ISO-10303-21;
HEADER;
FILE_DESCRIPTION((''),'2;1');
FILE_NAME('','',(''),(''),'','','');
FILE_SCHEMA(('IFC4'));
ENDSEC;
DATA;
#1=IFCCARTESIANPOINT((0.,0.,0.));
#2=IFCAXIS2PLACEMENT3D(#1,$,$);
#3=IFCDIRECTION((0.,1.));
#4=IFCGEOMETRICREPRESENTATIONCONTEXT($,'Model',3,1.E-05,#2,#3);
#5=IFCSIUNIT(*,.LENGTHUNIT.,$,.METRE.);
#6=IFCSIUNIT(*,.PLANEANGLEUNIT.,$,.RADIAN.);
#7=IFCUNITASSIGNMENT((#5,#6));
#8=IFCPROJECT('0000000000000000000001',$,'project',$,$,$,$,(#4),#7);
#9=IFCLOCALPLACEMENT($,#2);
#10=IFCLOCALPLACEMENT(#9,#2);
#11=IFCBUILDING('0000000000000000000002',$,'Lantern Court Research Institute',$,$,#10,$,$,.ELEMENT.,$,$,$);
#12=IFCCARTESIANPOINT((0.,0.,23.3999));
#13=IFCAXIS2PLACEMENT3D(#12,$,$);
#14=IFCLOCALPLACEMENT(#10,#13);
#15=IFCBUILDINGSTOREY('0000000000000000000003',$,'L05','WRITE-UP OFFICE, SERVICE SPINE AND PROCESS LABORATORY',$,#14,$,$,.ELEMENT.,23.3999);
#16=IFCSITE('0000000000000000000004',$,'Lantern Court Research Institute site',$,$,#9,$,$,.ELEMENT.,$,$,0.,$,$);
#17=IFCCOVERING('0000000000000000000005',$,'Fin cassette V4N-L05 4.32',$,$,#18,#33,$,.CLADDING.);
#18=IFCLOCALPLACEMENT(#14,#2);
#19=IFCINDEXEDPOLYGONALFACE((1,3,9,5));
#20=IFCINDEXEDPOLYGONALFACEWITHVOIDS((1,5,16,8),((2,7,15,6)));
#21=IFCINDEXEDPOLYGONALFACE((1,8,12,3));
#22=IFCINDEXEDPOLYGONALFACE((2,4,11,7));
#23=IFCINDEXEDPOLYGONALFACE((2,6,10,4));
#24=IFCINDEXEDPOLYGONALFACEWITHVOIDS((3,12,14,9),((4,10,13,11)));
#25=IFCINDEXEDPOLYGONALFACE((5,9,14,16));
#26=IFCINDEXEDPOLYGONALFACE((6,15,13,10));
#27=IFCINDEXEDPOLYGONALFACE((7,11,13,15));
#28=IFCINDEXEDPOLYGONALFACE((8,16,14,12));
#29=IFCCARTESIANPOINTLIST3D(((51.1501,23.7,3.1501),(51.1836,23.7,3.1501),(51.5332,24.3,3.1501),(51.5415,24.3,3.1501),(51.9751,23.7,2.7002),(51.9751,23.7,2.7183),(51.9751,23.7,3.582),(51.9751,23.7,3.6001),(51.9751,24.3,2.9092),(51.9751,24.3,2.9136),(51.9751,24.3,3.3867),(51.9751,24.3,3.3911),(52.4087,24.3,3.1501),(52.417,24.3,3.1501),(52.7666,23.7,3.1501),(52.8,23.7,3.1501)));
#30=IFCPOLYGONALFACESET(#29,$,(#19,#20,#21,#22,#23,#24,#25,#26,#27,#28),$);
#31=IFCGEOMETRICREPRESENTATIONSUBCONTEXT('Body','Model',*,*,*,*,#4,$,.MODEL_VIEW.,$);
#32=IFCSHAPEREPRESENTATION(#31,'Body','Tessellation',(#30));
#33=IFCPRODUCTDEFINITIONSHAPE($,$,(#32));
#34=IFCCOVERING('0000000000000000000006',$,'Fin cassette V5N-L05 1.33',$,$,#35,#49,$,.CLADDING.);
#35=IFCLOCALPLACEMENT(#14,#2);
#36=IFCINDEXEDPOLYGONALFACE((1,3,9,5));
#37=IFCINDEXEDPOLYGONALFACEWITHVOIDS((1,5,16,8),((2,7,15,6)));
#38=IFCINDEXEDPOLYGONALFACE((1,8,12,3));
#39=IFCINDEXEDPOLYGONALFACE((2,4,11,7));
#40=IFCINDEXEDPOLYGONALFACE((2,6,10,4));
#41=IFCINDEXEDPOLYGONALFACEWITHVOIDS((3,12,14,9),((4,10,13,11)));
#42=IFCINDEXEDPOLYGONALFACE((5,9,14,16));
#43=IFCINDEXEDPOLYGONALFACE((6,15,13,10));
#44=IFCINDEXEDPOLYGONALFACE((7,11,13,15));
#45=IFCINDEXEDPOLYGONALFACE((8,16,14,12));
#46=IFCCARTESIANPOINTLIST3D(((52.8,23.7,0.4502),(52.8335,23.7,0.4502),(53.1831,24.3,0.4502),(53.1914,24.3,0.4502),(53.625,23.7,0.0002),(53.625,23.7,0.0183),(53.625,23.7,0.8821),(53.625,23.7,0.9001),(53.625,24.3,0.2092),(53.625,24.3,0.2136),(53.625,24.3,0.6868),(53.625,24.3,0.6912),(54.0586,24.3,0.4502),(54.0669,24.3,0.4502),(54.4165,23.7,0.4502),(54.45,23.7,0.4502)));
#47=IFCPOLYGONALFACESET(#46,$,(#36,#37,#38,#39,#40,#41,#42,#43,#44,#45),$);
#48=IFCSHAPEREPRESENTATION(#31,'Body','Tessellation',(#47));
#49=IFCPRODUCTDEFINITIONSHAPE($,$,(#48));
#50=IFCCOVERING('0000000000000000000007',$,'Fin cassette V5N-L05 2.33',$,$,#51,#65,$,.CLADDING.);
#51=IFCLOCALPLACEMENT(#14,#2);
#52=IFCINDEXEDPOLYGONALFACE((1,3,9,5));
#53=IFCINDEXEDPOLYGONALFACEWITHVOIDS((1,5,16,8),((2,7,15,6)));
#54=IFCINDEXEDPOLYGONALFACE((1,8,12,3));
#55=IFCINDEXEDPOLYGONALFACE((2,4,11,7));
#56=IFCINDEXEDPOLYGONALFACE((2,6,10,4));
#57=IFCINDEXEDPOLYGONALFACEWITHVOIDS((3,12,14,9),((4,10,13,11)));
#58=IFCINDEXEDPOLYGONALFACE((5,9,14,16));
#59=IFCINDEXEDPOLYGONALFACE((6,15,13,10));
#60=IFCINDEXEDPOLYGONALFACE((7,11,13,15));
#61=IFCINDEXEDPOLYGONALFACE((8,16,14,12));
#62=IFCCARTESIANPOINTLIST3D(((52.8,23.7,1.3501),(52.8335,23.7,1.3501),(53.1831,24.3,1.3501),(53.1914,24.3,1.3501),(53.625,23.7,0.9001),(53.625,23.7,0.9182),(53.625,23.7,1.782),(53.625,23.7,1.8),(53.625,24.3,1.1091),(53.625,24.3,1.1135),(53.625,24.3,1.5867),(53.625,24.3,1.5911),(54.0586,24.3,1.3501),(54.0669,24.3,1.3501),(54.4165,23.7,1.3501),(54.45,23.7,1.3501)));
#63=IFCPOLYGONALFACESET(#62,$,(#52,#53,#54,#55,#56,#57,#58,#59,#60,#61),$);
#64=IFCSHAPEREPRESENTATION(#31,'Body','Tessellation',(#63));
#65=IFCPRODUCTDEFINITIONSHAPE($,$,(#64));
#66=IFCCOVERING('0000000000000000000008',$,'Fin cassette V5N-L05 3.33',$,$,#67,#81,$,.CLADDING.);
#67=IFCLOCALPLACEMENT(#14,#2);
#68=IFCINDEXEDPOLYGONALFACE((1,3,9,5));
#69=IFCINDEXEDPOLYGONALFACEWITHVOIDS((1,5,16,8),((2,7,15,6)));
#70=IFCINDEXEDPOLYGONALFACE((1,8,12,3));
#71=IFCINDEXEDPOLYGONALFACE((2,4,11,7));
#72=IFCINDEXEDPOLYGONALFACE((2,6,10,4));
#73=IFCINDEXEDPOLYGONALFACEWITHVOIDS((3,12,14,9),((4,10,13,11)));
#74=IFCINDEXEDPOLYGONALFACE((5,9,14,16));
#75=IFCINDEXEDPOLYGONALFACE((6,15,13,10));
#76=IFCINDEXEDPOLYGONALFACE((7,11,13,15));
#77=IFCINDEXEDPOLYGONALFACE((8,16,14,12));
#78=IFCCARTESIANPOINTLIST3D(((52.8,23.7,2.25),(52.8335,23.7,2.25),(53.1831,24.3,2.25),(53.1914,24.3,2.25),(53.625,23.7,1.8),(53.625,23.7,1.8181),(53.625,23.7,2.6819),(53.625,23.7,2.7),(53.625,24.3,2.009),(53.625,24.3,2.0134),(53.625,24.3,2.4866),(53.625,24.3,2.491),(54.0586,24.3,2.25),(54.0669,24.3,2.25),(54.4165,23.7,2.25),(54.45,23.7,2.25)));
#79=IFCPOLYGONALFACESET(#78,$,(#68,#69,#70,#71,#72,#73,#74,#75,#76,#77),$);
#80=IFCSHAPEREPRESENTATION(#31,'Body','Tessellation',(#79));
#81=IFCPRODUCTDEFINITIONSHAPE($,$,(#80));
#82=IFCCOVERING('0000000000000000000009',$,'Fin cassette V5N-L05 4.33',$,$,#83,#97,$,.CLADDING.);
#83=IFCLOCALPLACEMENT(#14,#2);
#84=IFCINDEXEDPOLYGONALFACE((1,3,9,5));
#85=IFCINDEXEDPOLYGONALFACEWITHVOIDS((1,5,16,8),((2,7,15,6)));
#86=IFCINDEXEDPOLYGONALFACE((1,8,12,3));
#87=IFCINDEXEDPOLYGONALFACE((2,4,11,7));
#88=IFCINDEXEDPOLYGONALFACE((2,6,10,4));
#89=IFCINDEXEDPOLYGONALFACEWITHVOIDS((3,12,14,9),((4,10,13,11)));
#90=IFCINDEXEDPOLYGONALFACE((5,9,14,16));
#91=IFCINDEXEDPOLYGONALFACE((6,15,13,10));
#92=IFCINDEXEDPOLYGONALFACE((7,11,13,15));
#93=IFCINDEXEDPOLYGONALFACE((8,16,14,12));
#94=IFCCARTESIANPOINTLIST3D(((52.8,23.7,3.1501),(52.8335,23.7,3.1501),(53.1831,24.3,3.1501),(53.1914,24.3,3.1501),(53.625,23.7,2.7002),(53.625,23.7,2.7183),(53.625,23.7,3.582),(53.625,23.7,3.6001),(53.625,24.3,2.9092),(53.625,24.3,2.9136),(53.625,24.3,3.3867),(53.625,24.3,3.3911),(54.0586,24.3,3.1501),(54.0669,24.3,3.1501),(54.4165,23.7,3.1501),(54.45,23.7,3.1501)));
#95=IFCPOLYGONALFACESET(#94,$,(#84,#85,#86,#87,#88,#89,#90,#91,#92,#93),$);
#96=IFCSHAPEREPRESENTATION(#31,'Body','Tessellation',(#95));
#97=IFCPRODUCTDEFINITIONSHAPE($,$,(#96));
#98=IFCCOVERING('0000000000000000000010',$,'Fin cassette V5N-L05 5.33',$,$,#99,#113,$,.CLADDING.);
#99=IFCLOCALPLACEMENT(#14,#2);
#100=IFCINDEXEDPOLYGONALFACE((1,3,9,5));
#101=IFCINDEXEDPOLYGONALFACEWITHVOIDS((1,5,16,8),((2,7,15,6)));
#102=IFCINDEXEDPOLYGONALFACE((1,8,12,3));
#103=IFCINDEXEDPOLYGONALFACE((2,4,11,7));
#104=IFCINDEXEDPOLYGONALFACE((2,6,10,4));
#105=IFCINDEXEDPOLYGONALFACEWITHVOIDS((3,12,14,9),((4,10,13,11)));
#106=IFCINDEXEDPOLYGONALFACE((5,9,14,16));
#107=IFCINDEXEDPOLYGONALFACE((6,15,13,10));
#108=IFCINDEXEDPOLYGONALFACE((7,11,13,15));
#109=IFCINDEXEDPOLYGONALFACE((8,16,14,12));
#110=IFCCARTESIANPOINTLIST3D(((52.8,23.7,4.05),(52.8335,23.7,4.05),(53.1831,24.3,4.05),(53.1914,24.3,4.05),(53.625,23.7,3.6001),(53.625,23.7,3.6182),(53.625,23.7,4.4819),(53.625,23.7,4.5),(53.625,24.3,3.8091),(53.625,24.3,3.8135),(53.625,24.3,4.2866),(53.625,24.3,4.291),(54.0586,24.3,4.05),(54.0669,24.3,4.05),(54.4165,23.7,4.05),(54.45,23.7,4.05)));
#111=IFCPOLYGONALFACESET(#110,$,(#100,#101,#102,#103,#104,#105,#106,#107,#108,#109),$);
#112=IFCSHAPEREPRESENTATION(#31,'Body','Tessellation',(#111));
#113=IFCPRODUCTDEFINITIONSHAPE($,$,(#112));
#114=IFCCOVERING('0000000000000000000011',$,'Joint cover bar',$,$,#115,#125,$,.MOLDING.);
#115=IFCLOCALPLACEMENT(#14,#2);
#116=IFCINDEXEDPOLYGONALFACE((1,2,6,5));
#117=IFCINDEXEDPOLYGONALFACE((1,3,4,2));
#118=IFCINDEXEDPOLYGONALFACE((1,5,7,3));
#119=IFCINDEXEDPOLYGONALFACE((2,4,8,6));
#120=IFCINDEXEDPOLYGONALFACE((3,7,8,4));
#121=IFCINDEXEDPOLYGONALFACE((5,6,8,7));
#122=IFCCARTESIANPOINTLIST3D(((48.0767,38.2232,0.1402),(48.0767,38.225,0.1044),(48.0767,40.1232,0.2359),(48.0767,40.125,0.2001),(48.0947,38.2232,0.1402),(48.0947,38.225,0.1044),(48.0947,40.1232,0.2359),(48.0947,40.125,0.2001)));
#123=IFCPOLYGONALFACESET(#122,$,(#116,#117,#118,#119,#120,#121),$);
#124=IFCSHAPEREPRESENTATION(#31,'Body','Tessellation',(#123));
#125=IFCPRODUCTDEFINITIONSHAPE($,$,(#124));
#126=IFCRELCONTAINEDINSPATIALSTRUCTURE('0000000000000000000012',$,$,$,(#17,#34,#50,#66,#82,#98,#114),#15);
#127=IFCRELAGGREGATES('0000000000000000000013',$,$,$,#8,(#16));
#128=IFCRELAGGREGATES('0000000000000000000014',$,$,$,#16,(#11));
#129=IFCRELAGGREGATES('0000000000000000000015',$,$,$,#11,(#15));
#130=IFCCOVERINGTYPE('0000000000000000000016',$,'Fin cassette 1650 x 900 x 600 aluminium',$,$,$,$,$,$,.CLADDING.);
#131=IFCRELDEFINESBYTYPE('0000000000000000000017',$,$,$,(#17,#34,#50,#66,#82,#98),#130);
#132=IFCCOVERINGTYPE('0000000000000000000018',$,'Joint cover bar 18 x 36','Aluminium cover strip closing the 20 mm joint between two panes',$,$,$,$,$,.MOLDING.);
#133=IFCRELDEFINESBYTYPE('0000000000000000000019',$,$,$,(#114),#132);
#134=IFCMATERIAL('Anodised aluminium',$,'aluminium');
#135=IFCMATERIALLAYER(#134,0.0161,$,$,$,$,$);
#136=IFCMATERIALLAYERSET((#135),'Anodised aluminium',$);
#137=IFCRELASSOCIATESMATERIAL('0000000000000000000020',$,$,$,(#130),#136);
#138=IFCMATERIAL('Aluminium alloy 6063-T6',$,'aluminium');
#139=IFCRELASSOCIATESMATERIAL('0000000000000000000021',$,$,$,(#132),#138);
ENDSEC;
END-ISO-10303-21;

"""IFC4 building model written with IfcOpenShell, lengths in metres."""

from ifc_helpers import new_model, entity, si_unit, direction, frame, origin, origin_2d, place, context, subcontext, project, spatial, rectangle, extrude, material, layer, layer_set, material_profile, profile_set, type_object, element, save


model = new_model("IFC4")

# Units and contexts
model_context = context("Model", 3, precision=1e-05, world=origin(), true_north=direction((0.0, 1.0)))
body_context = subcontext(model_context, "Body", "Model", "MODEL_VIEW")
ifc_project = project(units=[si_unit("LENGTHUNIT", "METRE"), si_unit("PLANEANGLEUNIT", "RADIAN")], contexts=[model_context])

# Site, building, storey
site_placement = place(None, origin())
site = spatial("IfcSite", under=ifc_project, at=site_placement, Name="Lantern Court Research Institute site", CompositionType="ELEMENT", RefElevation=0.0)
building_placement = place(site_placement, origin())
building = spatial("IfcBuilding", under=site, at=building_placement, Name="Lantern Court Research Institute", CompositionType="ELEMENT")
storey_placement = place(building_placement, frame((0.0, 0.0, 23.3999)))
storey = spatial("IfcBuildingStorey", under=building, at=storey_placement, Name="L05", Description="WRITE-UP OFFICE, SERVICE SPINE AND PROCESS LABORATORY", CompositionType="ELEMENT", Elevation=23.3999)

# Coverings
ifc_material_1 = material(Name="Anodised aluminium", Category="aluminium")
ifc_layer = layer(ifc_material_1, 0.0161)
ifc_layer_set = layer_set([ifc_layer], Name="Anodised aluminium")
covering_type_1 = type_object("IfcCoveringType", Name="Fin cassette 1650 x 900 x 600 aluminium", PredefinedType="CLADDING", material=ifc_layer_set)
covering_1_placement = place(storey_placement, frame((51.9751, 23.7, 3.1501), z_axis=(0.0, 1.0, 0.0), x_axis=(-1.0, 0.0, 0.0)))
cartesian_point_1 = entity("IfcCartesianPoint", [0.825, 0.0])
cartesian_point_2 = entity("IfcCartesianPoint", [0.7915, 0.0])
cartesian_point_3 = entity("IfcCartesianPoint", [0.4419, 0.0])
cartesian_point_4 = entity("IfcCartesianPoint", [0.4336, 0.0])
element("IfcCovering", 1, at=covering_1_placement, inside=storey, type_object=covering_type_1, Name="Fin cassette V4N-L05 4.32", PredefinedType="CLADDING", context=body_context, shape_type="SweptSolid", body=[
    entity("IfcExtrudedAreaSolidTapered", entity("IfcArbitraryProfileDefWithVoids", "AREA", None, entity("IfcPolyline", [cartesian_point_1, entity("IfcCartesianPoint", [0.0, 0.45]), entity("IfcCartesianPoint", [-0.825, 0.0]), entity("IfcCartesianPoint", [0.0, -0.45]), cartesian_point_1]), [entity("IfcPolyline", [cartesian_point_2, entity("IfcCartesianPoint", [0.0, 0.4319]), entity("IfcCartesianPoint", [-0.7915, 0.0]), entity("IfcCartesianPoint", [0.0, -0.4319]), cartesian_point_2])]), entity("IfcAxis2Placement3D", entity("IfcCartesianPoint", [0.0, 0.0, 0.0])), entity("IfcDirection", [0.0, 0.0, 1.0]), 0.6001, entity("IfcArbitraryProfileDefWithVoids", "AREA", None, entity("IfcPolyline", [cartesian_point_3, entity("IfcCartesianPoint", [0.0, 0.241]), entity("IfcCartesianPoint", [-0.4419, 0.0]), entity("IfcCartesianPoint", [0.0, -0.241]), cartesian_point_3]), [entity("IfcPolyline", [cartesian_point_4, entity("IfcCartesianPoint", [0.0, 0.2366]), entity("IfcCartesianPoint", [-0.4336, 0.0]), entity("IfcCartesianPoint", [0.0, -0.2366]), cartesian_point_4])])),
])
covering_2_placement = place(storey_placement, frame((53.625, 23.7, 0.4502), z_axis=(0.0, 1.0, 0.0), x_axis=(-1.0, 0.0, 0.0)))
cartesian_point_5 = entity("IfcCartesianPoint", [0.825, 0.0])
cartesian_point_6 = entity("IfcCartesianPoint", [0.7915, 0.0])
cartesian_point_7 = entity("IfcCartesianPoint", [0.4419, 0.0])
cartesian_point_8 = entity("IfcCartesianPoint", [0.4336, 0.0])
element("IfcCovering", 2, at=covering_2_placement, inside=storey, type_object=covering_type_1, Name="Fin cassette V5N-L05 1.33", PredefinedType="CLADDING", context=body_context, shape_type="SweptSolid", body=[
    entity("IfcExtrudedAreaSolidTapered", entity("IfcArbitraryProfileDefWithVoids", "AREA", None, entity("IfcPolyline", [cartesian_point_5, entity("IfcCartesianPoint", [0.0, 0.45]), entity("IfcCartesianPoint", [-0.825, 0.0]), entity("IfcCartesianPoint", [0.0, -0.45]), cartesian_point_5]), [entity("IfcPolyline", [cartesian_point_6, entity("IfcCartesianPoint", [0.0, 0.4319]), entity("IfcCartesianPoint", [-0.7915, 0.0]), entity("IfcCartesianPoint", [0.0, -0.4319]), cartesian_point_6])]), entity("IfcAxis2Placement3D", entity("IfcCartesianPoint", [0.0, 0.0, 0.0])), entity("IfcDirection", [0.0, 0.0, 1.0]), 0.6001, entity("IfcArbitraryProfileDefWithVoids", "AREA", None, entity("IfcPolyline", [cartesian_point_7, entity("IfcCartesianPoint", [0.0, 0.241]), entity("IfcCartesianPoint", [-0.4419, 0.0]), entity("IfcCartesianPoint", [0.0, -0.241]), cartesian_point_7]), [entity("IfcPolyline", [cartesian_point_8, entity("IfcCartesianPoint", [0.0, 0.2366]), entity("IfcCartesianPoint", [-0.4336, 0.0]), entity("IfcCartesianPoint", [0.0, -0.2366]), cartesian_point_8])])),
])
covering_3_placement = place(storey_placement, frame((53.625, 23.7, 1.3501), z_axis=(0.0, 1.0, 0.0), x_axis=(-1.0, 0.0, 0.0)))
cartesian_point_9 = entity("IfcCartesianPoint", [0.825, 0.0])
cartesian_point_10 = entity("IfcCartesianPoint", [0.7915, 0.0])
cartesian_point_11 = entity("IfcCartesianPoint", [0.4419, 0.0])
cartesian_point_12 = entity("IfcCartesianPoint", [0.4336, 0.0])
element("IfcCovering", 3, at=covering_3_placement, inside=storey, type_object=covering_type_1, Name="Fin cassette V5N-L05 2.33", PredefinedType="CLADDING", context=body_context, shape_type="SweptSolid", body=[
    entity("IfcExtrudedAreaSolidTapered", entity("IfcArbitraryProfileDefWithVoids", "AREA", None, entity("IfcPolyline", [cartesian_point_9, entity("IfcCartesianPoint", [0.0, 0.45]), entity("IfcCartesianPoint", [-0.825, 0.0]), entity("IfcCartesianPoint", [0.0, -0.45]), cartesian_point_9]), [entity("IfcPolyline", [cartesian_point_10, entity("IfcCartesianPoint", [0.0, 0.4319]), entity("IfcCartesianPoint", [-0.7915, 0.0]), entity("IfcCartesianPoint", [0.0, -0.4319]), cartesian_point_10])]), entity("IfcAxis2Placement3D", entity("IfcCartesianPoint", [0.0, 0.0, 0.0])), entity("IfcDirection", [0.0, 0.0, 1.0]), 0.6001, entity("IfcArbitraryProfileDefWithVoids", "AREA", None, entity("IfcPolyline", [cartesian_point_11, entity("IfcCartesianPoint", [0.0, 0.241]), entity("IfcCartesianPoint", [-0.4419, 0.0]), entity("IfcCartesianPoint", [0.0, -0.241]), cartesian_point_11]), [entity("IfcPolyline", [cartesian_point_12, entity("IfcCartesianPoint", [0.0, 0.2366]), entity("IfcCartesianPoint", [-0.4336, 0.0]), entity("IfcCartesianPoint", [0.0, -0.2366]), cartesian_point_12])])),
])
covering_4_placement = place(storey_placement, frame((53.625, 23.7, 2.25), z_axis=(0.0, 1.0, 0.0), x_axis=(-1.0, 0.0, 0.0)))
cartesian_point_13 = entity("IfcCartesianPoint", [0.825, 0.0])
cartesian_point_14 = entity("IfcCartesianPoint", [0.7915, 0.0])
cartesian_point_15 = entity("IfcCartesianPoint", [0.4419, 0.0])
cartesian_point_16 = entity("IfcCartesianPoint", [0.4336, 0.0])
element("IfcCovering", 4, at=covering_4_placement, inside=storey, type_object=covering_type_1, Name="Fin cassette V5N-L05 3.33", PredefinedType="CLADDING", context=body_context, shape_type="SweptSolid", body=[
    entity("IfcExtrudedAreaSolidTapered", entity("IfcArbitraryProfileDefWithVoids", "AREA", None, entity("IfcPolyline", [cartesian_point_13, entity("IfcCartesianPoint", [0.0, 0.45]), entity("IfcCartesianPoint", [-0.825, 0.0]), entity("IfcCartesianPoint", [0.0, -0.45]), cartesian_point_13]), [entity("IfcPolyline", [cartesian_point_14, entity("IfcCartesianPoint", [0.0, 0.4319]), entity("IfcCartesianPoint", [-0.7915, 0.0]), entity("IfcCartesianPoint", [0.0, -0.4319]), cartesian_point_14])]), entity("IfcAxis2Placement3D", entity("IfcCartesianPoint", [0.0, 0.0, 0.0])), entity("IfcDirection", [0.0, 0.0, 1.0]), 0.6001, entity("IfcArbitraryProfileDefWithVoids", "AREA", None, entity("IfcPolyline", [cartesian_point_15, entity("IfcCartesianPoint", [0.0, 0.241]), entity("IfcCartesianPoint", [-0.4419, 0.0]), entity("IfcCartesianPoint", [0.0, -0.241]), cartesian_point_15]), [entity("IfcPolyline", [cartesian_point_16, entity("IfcCartesianPoint", [0.0, 0.2366]), entity("IfcCartesianPoint", [-0.4336, 0.0]), entity("IfcCartesianPoint", [0.0, -0.2366]), cartesian_point_16])])),
])
covering_5_placement = place(storey_placement, frame((53.625, 23.7, 3.1501), z_axis=(0.0, 1.0, 0.0), x_axis=(-1.0, 0.0, 0.0)))
cartesian_point_17 = entity("IfcCartesianPoint", [0.825, 0.0])
cartesian_point_18 = entity("IfcCartesianPoint", [0.7915, 0.0])
cartesian_point_19 = entity("IfcCartesianPoint", [0.4419, 0.0])
cartesian_point_20 = entity("IfcCartesianPoint", [0.4336, 0.0])
element("IfcCovering", 5, at=covering_5_placement, inside=storey, type_object=covering_type_1, Name="Fin cassette V5N-L05 4.33", PredefinedType="CLADDING", context=body_context, shape_type="SweptSolid", body=[
    entity("IfcExtrudedAreaSolidTapered", entity("IfcArbitraryProfileDefWithVoids", "AREA", None, entity("IfcPolyline", [cartesian_point_17, entity("IfcCartesianPoint", [0.0, 0.45]), entity("IfcCartesianPoint", [-0.825, 0.0]), entity("IfcCartesianPoint", [0.0, -0.45]), cartesian_point_17]), [entity("IfcPolyline", [cartesian_point_18, entity("IfcCartesianPoint", [0.0, 0.4319]), entity("IfcCartesianPoint", [-0.7915, 0.0]), entity("IfcCartesianPoint", [0.0, -0.4319]), cartesian_point_18])]), entity("IfcAxis2Placement3D", entity("IfcCartesianPoint", [0.0, 0.0, 0.0])), entity("IfcDirection", [0.0, 0.0, 1.0]), 0.6001, entity("IfcArbitraryProfileDefWithVoids", "AREA", None, entity("IfcPolyline", [cartesian_point_19, entity("IfcCartesianPoint", [0.0, 0.241]), entity("IfcCartesianPoint", [-0.4419, 0.0]), entity("IfcCartesianPoint", [0.0, -0.241]), cartesian_point_19]), [entity("IfcPolyline", [cartesian_point_20, entity("IfcCartesianPoint", [0.0, 0.2366]), entity("IfcCartesianPoint", [-0.4336, 0.0]), entity("IfcCartesianPoint", [0.0, -0.2366]), cartesian_point_20])])),
])
covering_6_placement = place(storey_placement, frame((53.625, 23.7, 4.05), z_axis=(0.0, 1.0, 0.0), x_axis=(-1.0, 0.0, 0.0)))
cartesian_point_21 = entity("IfcCartesianPoint", [0.825, 0.0])
cartesian_point_22 = entity("IfcCartesianPoint", [0.7915, 0.0])
cartesian_point_23 = entity("IfcCartesianPoint", [0.4419, 0.0])
cartesian_point_24 = entity("IfcCartesianPoint", [0.4336, 0.0])
element("IfcCovering", 6, at=covering_6_placement, inside=storey, type_object=covering_type_1, Name="Fin cassette V5N-L05 5.33", PredefinedType="CLADDING", context=body_context, shape_type="SweptSolid", body=[
    entity("IfcExtrudedAreaSolidTapered", entity("IfcArbitraryProfileDefWithVoids", "AREA", None, entity("IfcPolyline", [cartesian_point_21, entity("IfcCartesianPoint", [0.0, 0.45]), entity("IfcCartesianPoint", [-0.825, 0.0]), entity("IfcCartesianPoint", [0.0, -0.45]), cartesian_point_21]), [entity("IfcPolyline", [cartesian_point_22, entity("IfcCartesianPoint", [0.0, 0.4319]), entity("IfcCartesianPoint", [-0.7915, 0.0]), entity("IfcCartesianPoint", [0.0, -0.4319]), cartesian_point_22])]), entity("IfcAxis2Placement3D", entity("IfcCartesianPoint", [0.0, 0.0, 0.0])), entity("IfcDirection", [0.0, 0.0, 1.0]), 0.6001, entity("IfcArbitraryProfileDefWithVoids", "AREA", None, entity("IfcPolyline", [cartesian_point_23, entity("IfcCartesianPoint", [0.0, 0.241]), entity("IfcCartesianPoint", [-0.4419, 0.0]), entity("IfcCartesianPoint", [0.0, -0.241]), cartesian_point_23]), [entity("IfcPolyline", [cartesian_point_24, entity("IfcCartesianPoint", [0.0, 0.2366]), entity("IfcCartesianPoint", [-0.4336, 0.0]), entity("IfcCartesianPoint", [0.0, -0.2366]), cartesian_point_24])])),
])
ifc_material_2 = material(Name="Aluminium alloy 6063-T6", Category="aluminium")
ifc_material_profile_1 = material_profile(ifc_material_2, rectangle(XDim=0.0181, YDim=0.0359, at=origin_2d()), Name="Joint cover bar 18 x 36")
ifc_profile_set_1 = profile_set([ifc_material_profile_1], Name="Aluminium alloy 6063-T6")
covering_type_2 = type_object("IfcCoveringType", Name="Joint cover bar 18 x 36", Description="Aluminium cover strip closing the 20 mm joint between two panes", PredefinedType="MOLDING", material=ifc_profile_set_1)
covering_7_placement = place(storey_placement, frame((48.0857, 38.2241, 0.1223), z_axis=(0.0, 0.998734, 0.050309), x_axis=(-1.0, 0.0, 0.0)))
element("IfcCovering", 7, at=covering_7_placement, inside=storey, type_object=covering_type_2, Name="Joint cover bar", PredefinedType="MOLDING", context=body_context, shape_type="SweptSolid", body=[
    extrude(rectangle(XDim=0.0181, YDim=0.0359, at=origin_2d()), origin(), (0.0, 0.0, 1.0), 1.9023),
])

save(model, "model.ifc")
